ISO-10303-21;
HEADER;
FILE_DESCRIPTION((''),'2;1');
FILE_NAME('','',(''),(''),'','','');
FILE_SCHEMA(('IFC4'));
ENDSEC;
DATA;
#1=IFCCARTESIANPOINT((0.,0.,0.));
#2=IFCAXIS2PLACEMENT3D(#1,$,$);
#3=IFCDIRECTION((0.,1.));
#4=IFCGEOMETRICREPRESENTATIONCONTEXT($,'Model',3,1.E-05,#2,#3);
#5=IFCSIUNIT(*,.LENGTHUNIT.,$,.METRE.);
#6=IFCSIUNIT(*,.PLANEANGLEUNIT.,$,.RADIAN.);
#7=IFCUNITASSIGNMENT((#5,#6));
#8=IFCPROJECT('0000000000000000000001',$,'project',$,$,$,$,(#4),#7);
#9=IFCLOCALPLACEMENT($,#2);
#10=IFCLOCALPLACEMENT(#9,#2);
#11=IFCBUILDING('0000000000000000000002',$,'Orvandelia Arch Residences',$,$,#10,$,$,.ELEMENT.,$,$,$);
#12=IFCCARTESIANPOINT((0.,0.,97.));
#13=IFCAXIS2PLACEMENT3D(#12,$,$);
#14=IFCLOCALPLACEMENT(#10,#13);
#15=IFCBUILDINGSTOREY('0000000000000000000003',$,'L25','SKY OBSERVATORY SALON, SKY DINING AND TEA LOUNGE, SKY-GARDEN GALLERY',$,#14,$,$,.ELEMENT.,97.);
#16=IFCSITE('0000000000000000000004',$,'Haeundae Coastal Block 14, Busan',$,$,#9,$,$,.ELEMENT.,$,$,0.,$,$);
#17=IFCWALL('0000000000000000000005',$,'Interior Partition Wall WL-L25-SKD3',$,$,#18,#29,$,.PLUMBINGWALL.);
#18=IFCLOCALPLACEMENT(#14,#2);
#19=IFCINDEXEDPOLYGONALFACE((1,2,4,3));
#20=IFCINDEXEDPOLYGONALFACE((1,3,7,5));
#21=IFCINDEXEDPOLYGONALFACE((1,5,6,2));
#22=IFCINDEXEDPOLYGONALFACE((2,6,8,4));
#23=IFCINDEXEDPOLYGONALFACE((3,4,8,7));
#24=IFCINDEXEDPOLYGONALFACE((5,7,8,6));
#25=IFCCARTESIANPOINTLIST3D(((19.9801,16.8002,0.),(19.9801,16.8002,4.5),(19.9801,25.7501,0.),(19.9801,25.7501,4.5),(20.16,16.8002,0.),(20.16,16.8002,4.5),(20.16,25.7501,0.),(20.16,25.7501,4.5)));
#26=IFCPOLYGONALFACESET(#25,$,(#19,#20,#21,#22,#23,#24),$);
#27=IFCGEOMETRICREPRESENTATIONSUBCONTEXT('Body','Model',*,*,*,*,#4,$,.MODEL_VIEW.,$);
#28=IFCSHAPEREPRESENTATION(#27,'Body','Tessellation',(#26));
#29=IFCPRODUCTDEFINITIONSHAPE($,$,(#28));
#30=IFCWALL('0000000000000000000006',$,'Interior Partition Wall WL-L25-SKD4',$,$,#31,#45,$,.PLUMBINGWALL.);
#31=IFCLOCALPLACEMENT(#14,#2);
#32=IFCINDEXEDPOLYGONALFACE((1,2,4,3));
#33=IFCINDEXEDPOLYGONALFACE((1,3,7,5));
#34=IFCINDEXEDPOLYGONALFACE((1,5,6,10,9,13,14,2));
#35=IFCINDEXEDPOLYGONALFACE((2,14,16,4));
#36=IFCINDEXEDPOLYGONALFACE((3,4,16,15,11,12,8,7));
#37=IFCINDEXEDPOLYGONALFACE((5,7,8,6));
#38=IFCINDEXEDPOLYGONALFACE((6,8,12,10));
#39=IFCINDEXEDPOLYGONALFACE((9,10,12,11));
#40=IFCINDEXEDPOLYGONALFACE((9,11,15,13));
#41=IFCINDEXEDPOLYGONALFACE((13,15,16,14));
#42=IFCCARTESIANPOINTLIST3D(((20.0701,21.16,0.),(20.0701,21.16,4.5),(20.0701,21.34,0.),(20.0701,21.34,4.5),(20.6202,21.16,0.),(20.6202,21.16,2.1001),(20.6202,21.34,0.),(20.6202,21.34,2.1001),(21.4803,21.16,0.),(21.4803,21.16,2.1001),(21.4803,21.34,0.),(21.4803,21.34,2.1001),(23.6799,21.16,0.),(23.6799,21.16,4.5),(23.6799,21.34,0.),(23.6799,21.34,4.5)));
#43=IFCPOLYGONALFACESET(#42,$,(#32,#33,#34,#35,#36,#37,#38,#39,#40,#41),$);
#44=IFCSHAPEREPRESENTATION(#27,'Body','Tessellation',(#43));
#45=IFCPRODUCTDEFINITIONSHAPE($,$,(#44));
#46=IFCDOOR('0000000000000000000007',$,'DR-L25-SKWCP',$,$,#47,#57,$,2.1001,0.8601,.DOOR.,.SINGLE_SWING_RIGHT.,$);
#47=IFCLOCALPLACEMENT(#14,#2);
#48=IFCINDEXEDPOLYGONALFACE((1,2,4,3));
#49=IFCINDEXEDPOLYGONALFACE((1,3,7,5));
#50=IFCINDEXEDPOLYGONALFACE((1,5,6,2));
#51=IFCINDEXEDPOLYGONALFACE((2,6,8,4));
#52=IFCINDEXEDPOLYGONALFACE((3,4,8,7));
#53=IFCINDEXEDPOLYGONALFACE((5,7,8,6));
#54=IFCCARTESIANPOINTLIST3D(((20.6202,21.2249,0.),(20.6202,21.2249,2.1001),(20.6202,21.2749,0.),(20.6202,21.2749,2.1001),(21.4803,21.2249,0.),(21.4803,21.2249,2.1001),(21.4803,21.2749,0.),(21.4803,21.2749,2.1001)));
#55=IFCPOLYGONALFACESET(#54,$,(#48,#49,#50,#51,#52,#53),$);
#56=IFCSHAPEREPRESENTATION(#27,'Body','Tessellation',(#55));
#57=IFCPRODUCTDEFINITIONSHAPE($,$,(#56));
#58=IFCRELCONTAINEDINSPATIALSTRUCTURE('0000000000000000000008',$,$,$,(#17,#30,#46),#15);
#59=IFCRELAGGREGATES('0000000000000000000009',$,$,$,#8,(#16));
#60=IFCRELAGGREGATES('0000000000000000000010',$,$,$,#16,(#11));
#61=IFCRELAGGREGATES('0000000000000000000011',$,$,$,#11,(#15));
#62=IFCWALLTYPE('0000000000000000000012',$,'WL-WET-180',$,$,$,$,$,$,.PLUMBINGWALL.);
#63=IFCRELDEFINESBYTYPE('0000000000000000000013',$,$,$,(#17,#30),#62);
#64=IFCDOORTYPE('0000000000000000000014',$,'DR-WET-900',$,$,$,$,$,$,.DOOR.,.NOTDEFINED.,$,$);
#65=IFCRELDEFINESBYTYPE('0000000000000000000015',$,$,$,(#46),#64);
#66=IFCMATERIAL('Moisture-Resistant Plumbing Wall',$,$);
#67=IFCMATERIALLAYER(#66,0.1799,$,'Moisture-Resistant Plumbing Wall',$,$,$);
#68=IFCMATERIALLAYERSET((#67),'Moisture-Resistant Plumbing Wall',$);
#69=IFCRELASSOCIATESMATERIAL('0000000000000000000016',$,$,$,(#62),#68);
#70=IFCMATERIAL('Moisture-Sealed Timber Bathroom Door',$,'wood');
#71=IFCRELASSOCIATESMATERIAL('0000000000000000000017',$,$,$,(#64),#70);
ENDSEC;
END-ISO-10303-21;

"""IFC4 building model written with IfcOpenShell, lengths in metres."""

from ifc_helpers import new_model, si_unit, direction, frame, frame_2d, origin, place, context, subcontext, project, spatial, rectangle, extrude, material, layer, layer_set, type_object, element, fill, save


model = new_model("IFC4")

# Units and contexts
model_context = context("Model", 3, precision=1e-05, world=origin(), true_north=direction((0.0, 1.0)))
body_context = subcontext(model_context, "Body", "Model", "MODEL_VIEW")
ifc_project = project(units=[si_unit("LENGTHUNIT", "METRE"), si_unit("PLANEANGLEUNIT", "RADIAN")], contexts=[model_context])

# Site, building, storey
site_placement = place(None, origin())
site = spatial("IfcSite", under=ifc_project, at=site_placement, Name="Haeundae Coastal Block 14, Busan", CompositionType="ELEMENT", RefElevation=0.0)
building_placement = place(site_placement, origin())
building = spatial("IfcBuilding", under=site, at=building_placement, Name="Orvandelia Arch Residences", CompositionType="ELEMENT")
storey_placement = place(building_placement, frame((0.0, 0.0, 97.0)))
storey = spatial("IfcBuildingStorey", under=building, at=storey_placement, Name="L25", Description="SKY OBSERVATORY SALON, SKY DINING AND TEA LOUNGE, SKY-GARDEN GALLERY", CompositionType="ELEMENT", Elevation=97.0)

# Wall
ifc_material_1 = material(Name="Moisture-Resistant Plumbing Wall")
ifc_layer_1 = layer(ifc_material_1, 0.1799, Name="Moisture-Resistant Plumbing Wall")
ifc_layer_set_1 = layer_set([ifc_layer_1], Name="Moisture-Resistant Plumbing Wall")
wall_type_1 = type_object("IfcWallType", Name="WL-WET-180", PredefinedType="PLUMBINGWALL", material=ifc_layer_set_1)
wall_1_placement = place(storey_placement, frame((20.0701, 16.8, 0.0), z_axis=(0.0, 0.0, 1.0), x_axis=(0.0, 1.0, 0.0)))
element("IfcWall", 1, at=wall_1_placement, inside=storey, type_object=wall_type_1, Name="Interior Partition Wall WL-L25-SKD3", PredefinedType="PLUMBINGWALL", context=body_context, shape_type="SweptSolid", body=[
    extrude(rectangle(XDim=8.95, YDim=0.1799, at=frame_2d((4.4751, 0.0))), origin(), (0.0, 0.0, 1.0), 4.5),
])

# Wall, opening, door
wall_2_placement = place(storey_placement, frame((20.0701, 21.25, 0.0), z_axis=(0.0, 0.0, 1.0), x_axis=(1.0, 0.0, 0.0)))
wall_2 = element("IfcWall", 2, at=wall_2_placement, inside=storey, type_object=wall_type_1, Name="Interior Partition Wall WL-L25-SKD4", PredefinedType="PLUMBINGWALL", context=body_context, shape_type="SweptSolid", body=[
    extrude(rectangle(XDim=3.6099, YDim=0.1799, at=frame_2d((1.8049, 0.0))), origin(), (0.0, 0.0, 1.0), 4.5),
])
opening_1_placement = place(wall_2_placement, frame((0.55, 0.0, 0.0)))
opening_1 = element("IfcOpeningElement", 3, at=opening_1_placement, cuts=wall_2, PredefinedType="OPENING", context=body_context, shape_type="SweptSolid", body=[
    extrude(rectangle(XDim=0.8601, YDim=2.1001, at=frame_2d((0.4302, 1.05))), frame((0.0, 0.1001, 0.0), z_axis=(0.0, -1.0, 0.0), x_axis=(1.0, 0.0, 0.0)), (0.0, 0.0, 1.0), 0.2),
])
ifc_material_2 = material(Name="Moisture-Sealed Timber Bathroom Door", Category="wood")
door_type = type_object("IfcDoorType", Name="DR-WET-900", OperationType="NOTDEFINED", PredefinedType="DOOR", material=ifc_material_2)
door_placement = place(opening_1_placement, origin())
door = element("IfcDoor", 4, at=door_placement, inside=storey, type_object=door_type, Name="DR-L25-SKWCP", OperationType="SINGLE_SWING_RIGHT", OverallHeight=2.1001, OverallWidth=0.8601, PredefinedType="DOOR", context=body_context, shape_type="SweptSolid", body=[
    extrude(rectangle(XDim=0.8601, YDim=2.1001, at=frame_2d((0.4302, 1.05))), frame((0.0, 0.0249, 0.0), z_axis=(0.0, -1.0, 0.0), x_axis=(1.0, 0.0, 0.0)), (0.0, 0.0, 1.0), 0.05),
])
fill(opening_1, door)

save(model, "model.ifc")
